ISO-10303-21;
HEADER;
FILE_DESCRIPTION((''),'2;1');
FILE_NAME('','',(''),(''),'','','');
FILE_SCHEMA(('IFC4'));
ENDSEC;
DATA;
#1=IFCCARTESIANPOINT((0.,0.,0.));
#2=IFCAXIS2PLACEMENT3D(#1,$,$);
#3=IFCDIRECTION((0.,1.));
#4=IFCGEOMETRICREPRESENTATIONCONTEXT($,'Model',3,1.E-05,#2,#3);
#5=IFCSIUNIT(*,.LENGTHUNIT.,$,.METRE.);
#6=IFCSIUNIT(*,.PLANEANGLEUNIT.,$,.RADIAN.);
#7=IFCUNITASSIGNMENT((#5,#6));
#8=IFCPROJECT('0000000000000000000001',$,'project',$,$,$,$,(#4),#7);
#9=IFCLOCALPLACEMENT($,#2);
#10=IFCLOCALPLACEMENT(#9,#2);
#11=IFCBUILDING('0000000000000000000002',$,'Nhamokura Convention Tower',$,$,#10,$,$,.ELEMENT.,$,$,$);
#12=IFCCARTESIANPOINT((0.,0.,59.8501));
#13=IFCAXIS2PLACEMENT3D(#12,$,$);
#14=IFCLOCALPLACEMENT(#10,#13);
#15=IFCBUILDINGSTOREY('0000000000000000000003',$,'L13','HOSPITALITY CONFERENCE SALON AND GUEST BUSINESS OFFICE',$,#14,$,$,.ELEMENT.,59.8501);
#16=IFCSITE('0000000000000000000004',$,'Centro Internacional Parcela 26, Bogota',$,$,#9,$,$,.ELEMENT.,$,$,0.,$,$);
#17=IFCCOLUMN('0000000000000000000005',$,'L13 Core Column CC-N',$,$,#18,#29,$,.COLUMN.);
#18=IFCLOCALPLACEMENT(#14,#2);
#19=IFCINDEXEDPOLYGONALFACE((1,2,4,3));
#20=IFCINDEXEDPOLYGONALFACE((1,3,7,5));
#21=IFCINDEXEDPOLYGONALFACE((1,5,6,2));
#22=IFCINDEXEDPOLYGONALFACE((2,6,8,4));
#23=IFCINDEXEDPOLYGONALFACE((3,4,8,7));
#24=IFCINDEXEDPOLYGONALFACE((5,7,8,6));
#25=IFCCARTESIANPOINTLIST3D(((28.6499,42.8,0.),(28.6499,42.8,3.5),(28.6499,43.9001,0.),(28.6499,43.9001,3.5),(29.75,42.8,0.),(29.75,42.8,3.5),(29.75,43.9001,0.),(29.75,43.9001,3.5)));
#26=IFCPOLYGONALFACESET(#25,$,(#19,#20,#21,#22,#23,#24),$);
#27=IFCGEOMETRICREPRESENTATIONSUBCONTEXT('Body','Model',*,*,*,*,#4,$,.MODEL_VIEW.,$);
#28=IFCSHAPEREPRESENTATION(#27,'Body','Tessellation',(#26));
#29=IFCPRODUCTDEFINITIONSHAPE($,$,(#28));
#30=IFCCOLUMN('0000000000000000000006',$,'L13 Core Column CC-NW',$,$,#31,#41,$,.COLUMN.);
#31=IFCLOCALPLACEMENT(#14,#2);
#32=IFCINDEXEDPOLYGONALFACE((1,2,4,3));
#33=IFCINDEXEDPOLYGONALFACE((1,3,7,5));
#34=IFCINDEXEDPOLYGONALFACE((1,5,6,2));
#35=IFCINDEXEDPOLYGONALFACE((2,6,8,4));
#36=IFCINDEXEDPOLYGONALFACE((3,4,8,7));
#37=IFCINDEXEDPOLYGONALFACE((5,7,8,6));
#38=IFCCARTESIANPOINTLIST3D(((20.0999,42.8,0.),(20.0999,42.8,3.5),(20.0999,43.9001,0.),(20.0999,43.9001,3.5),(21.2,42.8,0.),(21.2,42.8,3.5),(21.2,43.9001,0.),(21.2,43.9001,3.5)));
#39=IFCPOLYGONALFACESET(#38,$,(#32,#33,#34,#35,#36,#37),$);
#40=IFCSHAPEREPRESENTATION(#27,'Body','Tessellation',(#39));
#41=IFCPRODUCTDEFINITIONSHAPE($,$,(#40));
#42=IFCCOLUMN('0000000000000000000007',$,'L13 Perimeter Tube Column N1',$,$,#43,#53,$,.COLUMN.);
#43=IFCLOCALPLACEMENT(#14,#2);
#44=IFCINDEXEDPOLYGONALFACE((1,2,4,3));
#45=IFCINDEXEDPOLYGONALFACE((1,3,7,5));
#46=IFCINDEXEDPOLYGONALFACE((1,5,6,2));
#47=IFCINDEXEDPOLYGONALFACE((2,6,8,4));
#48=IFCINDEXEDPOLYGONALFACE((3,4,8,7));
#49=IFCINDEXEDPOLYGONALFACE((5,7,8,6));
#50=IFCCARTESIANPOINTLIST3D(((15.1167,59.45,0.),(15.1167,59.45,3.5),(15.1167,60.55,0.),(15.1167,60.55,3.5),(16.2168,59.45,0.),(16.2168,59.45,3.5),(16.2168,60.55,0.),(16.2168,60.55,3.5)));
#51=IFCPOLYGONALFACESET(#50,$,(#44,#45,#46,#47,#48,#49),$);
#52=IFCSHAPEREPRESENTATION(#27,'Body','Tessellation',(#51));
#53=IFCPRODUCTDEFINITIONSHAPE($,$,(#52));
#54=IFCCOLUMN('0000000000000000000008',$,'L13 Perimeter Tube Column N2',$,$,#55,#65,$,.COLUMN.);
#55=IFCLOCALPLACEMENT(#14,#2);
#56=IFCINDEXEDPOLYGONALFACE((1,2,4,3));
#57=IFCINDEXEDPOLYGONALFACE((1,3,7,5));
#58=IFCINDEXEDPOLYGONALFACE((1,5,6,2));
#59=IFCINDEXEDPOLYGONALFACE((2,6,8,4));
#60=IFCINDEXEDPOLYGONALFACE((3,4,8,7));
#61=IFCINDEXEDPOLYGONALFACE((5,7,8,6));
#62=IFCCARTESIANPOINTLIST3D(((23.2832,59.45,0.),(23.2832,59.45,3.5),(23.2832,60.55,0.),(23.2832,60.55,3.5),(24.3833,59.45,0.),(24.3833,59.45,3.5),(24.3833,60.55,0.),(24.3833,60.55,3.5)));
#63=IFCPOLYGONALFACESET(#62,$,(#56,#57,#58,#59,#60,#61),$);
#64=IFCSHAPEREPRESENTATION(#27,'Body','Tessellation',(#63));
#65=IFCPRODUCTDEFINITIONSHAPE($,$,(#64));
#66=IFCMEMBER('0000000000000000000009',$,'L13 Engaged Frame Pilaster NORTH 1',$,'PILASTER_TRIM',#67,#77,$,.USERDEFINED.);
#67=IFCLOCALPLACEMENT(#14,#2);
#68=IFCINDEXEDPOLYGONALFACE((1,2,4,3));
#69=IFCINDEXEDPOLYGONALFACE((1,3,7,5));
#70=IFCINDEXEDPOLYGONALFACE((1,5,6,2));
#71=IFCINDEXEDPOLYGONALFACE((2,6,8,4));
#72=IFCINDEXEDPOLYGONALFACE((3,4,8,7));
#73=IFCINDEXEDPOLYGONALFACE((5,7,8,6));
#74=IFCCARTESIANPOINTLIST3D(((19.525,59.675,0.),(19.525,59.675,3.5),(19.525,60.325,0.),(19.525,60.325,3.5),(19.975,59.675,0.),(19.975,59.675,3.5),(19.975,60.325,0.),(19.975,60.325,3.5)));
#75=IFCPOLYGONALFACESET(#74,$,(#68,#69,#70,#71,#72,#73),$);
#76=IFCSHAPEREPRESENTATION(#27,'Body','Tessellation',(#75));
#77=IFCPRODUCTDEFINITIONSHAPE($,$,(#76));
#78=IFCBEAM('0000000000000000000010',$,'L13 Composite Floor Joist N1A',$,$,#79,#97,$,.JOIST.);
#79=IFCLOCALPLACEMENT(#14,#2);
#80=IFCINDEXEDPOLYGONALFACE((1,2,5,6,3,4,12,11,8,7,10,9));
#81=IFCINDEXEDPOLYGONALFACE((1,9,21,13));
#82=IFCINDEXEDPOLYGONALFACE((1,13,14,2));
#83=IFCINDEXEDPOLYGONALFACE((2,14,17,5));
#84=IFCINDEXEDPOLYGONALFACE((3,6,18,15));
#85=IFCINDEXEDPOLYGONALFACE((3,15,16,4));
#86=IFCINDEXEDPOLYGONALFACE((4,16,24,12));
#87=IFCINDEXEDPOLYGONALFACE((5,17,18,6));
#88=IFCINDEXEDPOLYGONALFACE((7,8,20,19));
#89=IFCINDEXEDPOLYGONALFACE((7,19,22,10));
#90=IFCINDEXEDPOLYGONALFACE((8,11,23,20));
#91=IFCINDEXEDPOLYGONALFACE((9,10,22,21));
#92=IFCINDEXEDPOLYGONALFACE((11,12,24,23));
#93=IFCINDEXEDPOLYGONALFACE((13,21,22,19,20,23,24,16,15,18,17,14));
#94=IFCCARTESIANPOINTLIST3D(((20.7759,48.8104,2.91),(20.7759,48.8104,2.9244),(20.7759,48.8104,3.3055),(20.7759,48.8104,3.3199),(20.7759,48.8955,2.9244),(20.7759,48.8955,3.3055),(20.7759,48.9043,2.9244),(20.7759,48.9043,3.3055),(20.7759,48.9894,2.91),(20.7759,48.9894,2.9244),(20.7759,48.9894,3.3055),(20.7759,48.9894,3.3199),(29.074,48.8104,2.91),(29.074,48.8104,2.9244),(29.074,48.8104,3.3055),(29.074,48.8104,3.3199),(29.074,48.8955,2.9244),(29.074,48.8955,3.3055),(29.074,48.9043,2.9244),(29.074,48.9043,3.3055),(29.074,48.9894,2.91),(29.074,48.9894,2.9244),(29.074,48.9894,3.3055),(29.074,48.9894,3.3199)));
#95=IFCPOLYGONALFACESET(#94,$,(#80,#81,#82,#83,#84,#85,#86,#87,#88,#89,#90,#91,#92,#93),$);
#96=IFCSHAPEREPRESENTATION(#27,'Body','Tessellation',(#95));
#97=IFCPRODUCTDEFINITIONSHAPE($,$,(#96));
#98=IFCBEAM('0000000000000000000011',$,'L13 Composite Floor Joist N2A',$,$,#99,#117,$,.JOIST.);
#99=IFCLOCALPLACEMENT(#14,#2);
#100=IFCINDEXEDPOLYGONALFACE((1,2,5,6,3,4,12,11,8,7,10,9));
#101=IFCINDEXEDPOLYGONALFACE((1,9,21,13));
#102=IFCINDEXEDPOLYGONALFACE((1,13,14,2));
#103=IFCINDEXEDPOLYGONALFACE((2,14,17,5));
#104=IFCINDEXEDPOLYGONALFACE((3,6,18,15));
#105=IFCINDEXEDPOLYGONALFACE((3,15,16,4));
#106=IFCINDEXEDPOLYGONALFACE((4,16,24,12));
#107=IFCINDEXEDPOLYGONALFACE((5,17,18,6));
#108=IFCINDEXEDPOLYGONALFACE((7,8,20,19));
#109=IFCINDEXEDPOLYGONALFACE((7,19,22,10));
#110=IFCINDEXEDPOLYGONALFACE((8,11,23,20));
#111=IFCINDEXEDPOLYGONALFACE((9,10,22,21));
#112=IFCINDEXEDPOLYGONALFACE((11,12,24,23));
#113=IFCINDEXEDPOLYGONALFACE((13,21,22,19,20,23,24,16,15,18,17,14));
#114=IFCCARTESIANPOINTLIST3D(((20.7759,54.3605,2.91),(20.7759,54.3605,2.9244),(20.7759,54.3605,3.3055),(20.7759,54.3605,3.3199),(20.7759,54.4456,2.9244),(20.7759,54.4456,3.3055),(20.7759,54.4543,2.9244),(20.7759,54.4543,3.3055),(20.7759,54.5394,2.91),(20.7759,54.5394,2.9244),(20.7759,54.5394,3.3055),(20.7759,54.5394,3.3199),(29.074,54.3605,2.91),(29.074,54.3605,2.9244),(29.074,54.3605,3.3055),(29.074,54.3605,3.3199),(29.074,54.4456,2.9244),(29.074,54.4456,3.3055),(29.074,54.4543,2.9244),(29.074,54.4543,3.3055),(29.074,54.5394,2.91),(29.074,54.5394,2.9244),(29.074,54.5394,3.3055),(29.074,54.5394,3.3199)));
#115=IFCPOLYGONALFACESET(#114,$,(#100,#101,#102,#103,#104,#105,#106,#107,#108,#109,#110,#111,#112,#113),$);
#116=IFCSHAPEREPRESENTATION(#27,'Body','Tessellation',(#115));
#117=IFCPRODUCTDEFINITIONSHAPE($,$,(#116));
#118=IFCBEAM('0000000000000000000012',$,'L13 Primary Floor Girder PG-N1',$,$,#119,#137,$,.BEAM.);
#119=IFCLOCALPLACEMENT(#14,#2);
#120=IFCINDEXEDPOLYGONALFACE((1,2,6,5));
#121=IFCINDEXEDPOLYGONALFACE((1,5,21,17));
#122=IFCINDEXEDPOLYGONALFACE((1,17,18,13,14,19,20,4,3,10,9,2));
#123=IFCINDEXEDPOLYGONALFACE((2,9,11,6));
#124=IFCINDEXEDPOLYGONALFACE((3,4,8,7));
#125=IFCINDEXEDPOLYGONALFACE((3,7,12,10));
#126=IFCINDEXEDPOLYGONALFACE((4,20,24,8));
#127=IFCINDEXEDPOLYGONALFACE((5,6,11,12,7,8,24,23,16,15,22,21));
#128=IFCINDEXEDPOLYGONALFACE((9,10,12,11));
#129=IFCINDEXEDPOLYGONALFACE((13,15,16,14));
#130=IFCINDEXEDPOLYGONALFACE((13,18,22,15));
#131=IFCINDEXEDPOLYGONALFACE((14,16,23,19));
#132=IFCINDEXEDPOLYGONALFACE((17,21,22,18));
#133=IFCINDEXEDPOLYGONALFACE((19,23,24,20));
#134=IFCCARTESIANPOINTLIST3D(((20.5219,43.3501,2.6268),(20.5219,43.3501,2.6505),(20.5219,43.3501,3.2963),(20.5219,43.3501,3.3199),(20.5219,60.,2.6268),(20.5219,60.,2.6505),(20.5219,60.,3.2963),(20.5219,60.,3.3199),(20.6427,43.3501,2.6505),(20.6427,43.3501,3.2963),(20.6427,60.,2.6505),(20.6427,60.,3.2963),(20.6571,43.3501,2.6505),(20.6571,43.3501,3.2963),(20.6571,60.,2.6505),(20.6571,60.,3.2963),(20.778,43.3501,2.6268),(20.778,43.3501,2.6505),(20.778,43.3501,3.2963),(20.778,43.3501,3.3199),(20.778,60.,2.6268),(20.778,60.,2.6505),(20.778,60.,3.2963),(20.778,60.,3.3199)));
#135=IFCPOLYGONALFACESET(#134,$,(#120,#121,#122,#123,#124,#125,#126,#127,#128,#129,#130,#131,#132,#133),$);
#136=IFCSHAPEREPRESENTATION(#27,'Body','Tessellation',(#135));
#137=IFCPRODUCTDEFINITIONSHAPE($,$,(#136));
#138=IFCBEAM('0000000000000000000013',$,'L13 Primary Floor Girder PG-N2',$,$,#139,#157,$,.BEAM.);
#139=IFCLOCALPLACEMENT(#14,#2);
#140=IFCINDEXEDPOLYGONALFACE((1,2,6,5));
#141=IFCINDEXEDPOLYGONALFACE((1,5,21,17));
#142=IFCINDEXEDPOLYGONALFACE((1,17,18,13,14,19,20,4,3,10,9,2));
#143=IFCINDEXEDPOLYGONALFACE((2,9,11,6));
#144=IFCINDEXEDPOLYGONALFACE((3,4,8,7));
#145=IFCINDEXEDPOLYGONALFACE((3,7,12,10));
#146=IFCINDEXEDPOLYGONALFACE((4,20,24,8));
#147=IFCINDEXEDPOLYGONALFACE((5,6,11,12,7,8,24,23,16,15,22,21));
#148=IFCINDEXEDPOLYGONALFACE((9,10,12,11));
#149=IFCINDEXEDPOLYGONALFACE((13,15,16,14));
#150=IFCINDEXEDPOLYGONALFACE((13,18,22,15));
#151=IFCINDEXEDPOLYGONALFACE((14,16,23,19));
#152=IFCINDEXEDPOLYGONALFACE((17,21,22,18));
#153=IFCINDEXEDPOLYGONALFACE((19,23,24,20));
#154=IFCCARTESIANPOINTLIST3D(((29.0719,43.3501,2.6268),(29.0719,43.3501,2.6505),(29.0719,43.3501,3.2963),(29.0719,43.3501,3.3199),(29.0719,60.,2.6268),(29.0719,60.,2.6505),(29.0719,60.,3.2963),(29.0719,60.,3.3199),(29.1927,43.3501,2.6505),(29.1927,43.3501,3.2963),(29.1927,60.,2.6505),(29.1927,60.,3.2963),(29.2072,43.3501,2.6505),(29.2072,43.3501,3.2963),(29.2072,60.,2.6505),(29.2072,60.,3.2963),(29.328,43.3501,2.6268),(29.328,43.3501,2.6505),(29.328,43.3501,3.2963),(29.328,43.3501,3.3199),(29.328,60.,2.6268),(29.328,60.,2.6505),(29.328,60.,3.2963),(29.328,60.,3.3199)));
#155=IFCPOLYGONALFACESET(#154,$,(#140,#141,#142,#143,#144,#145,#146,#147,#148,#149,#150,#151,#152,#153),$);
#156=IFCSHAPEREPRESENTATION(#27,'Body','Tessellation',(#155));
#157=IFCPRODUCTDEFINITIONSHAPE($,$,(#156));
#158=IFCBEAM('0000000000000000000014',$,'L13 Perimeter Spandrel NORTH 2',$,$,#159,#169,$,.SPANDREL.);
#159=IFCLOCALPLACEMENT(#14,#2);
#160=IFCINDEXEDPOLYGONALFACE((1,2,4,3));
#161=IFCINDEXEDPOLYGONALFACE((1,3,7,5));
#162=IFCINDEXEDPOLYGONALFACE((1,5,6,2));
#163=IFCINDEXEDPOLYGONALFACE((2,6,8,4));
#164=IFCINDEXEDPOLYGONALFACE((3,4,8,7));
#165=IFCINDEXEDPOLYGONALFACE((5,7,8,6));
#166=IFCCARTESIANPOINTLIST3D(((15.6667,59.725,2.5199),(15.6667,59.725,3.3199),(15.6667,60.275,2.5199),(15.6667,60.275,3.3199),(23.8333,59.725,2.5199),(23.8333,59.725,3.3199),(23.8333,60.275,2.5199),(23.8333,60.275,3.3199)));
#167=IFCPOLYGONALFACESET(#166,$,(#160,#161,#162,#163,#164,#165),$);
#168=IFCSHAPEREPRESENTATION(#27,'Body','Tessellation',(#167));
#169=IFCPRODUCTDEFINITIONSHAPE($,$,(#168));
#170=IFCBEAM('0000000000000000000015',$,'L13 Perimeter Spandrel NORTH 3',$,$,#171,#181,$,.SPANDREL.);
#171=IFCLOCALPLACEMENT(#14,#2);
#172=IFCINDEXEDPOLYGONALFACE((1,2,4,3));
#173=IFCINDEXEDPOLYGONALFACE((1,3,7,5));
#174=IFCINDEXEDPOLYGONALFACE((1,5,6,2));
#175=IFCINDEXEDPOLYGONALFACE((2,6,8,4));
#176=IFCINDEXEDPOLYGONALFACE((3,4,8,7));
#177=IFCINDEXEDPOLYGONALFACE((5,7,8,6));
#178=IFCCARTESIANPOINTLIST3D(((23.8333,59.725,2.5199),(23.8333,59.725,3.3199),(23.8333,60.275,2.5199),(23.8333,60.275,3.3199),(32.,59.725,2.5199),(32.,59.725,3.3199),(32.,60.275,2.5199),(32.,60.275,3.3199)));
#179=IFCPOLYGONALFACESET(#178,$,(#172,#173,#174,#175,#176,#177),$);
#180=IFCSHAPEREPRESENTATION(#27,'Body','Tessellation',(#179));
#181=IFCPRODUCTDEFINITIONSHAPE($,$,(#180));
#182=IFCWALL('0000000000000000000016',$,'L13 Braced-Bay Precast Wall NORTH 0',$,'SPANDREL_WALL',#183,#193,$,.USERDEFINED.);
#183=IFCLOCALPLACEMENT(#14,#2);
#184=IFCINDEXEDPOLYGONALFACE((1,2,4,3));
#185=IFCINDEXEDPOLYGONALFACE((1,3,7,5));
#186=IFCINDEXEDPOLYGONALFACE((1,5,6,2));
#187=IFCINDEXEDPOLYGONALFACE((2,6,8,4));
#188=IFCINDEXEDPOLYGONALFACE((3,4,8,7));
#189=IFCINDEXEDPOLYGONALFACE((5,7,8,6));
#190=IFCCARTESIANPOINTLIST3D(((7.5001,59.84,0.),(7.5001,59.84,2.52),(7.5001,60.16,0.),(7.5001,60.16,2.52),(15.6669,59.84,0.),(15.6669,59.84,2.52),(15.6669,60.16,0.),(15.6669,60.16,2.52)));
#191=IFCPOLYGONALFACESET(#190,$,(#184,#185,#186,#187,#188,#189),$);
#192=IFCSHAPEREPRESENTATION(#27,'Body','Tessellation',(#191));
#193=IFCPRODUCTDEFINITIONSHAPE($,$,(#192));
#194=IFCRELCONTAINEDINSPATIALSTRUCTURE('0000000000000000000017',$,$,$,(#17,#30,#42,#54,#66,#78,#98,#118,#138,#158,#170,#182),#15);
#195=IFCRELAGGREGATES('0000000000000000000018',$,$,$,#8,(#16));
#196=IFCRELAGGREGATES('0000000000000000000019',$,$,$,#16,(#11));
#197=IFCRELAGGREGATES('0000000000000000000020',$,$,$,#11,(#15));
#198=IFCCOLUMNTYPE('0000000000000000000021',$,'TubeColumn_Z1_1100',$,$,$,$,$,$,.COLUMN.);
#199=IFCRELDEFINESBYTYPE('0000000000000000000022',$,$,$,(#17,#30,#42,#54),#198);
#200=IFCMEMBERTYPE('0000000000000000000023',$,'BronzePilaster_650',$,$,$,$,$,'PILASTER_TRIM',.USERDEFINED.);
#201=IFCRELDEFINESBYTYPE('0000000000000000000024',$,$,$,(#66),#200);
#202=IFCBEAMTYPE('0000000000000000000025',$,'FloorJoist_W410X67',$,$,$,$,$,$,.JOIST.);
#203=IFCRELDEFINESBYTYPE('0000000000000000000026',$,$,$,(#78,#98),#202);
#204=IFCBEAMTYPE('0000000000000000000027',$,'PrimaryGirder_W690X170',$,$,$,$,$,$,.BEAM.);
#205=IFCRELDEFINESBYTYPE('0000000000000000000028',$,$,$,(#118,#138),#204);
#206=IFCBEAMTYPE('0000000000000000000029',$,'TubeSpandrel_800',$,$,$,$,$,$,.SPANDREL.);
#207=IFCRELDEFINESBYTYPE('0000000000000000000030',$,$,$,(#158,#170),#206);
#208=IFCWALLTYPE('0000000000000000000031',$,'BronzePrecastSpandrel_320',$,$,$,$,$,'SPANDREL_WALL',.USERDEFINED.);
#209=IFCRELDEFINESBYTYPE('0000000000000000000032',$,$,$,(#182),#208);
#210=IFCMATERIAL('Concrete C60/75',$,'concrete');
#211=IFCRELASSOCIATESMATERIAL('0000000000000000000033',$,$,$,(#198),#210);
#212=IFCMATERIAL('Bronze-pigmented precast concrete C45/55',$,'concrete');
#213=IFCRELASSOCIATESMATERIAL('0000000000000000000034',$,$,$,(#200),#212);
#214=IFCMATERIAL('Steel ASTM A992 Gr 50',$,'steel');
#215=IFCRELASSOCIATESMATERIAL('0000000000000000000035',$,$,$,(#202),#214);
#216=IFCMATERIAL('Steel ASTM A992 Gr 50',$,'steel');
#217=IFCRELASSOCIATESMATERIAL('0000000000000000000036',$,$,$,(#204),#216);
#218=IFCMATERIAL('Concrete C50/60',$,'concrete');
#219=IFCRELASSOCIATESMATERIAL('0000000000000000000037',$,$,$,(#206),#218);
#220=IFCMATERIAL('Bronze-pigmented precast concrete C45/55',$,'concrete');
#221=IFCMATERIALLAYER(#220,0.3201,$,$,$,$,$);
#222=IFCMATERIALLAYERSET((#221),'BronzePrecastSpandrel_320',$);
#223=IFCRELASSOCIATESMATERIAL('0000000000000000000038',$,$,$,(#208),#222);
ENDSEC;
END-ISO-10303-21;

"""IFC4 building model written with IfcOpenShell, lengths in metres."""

from ifc_helpers import new_model, si_unit, direction, frame, frame_2d, origin, origin_2d, place, context, subcontext, project, spatial, rectangle, i_section, extrude, material, layer, layer_set, material_profile, profile_set, type_object, element, save


model = new_model("IFC4")

# Units and contexts
model_context = context("Model", 3, precision=1e-05, world=origin(), true_north=direction((0.0, 1.0)))
body_context = subcontext(model_context, "Body", "Model", "MODEL_VIEW")
ifc_project = project(units=[si_unit("LENGTHUNIT", "METRE"), si_unit("PLANEANGLEUNIT", "RADIAN")], contexts=[model_context])

# Site, building, storey
site_placement = place(None, origin())
site = spatial("IfcSite", under=ifc_project, at=site_placement, Name="Centro Internacional Parcela 26, Bogota", CompositionType="ELEMENT", RefElevation=0.0)
building_placement = place(site_placement, origin())
building = spatial("IfcBuilding", under=site, at=building_placement, Name="Nhamokura Convention Tower", CompositionType="ELEMENT")
storey_placement = place(building_placement, frame((0.0, 0.0, 59.8501)))
storey = spatial("IfcBuildingStorey", under=building, at=storey_placement, Name="L13", Description="HOSPITALITY CONFERENCE SALON AND GUEST BUSINESS OFFICE", CompositionType="ELEMENT", Elevation=59.8501)

# Columns
ifc_material_1 = material(Name="Concrete C60/75", Category="concrete")
ifc_material_profile_1 = material_profile(ifc_material_1, rectangle(XDim=1.1001, YDim=1.1001, at=origin_2d()))
ifc_profile_set_1 = profile_set([ifc_material_profile_1], Name="Concrete C60/75")
column_type = type_object("IfcColumnType", Name="TubeColumn_Z1_1100", PredefinedType="COLUMN", material=ifc_profile_set_1)
for number, where, z_axis, x_axis, name in (
    (1, (29.2, 43.3501, 0.0), (0.0, 0.0, 1.0), (1.0, 0.0, 0.0), "L13 Core Column CC-N"),
    (2, (20.6499, 43.3501, 0.0), (0.0, 0.0, 1.0), (1.0, 0.0, 0.0), "L13 Core Column CC-NW"),
    (3, (15.6667, 60.0, 0.0), (0.0, 0.0, 1.0), (1.0, 0.0, 0.0), "L13 Perimeter Tube Column N1"),
    (4, (23.8333, 60.0, 0.0), (0.0, 0.0, 1.0), (1.0, 0.0, 0.0), "L13 Perimeter Tube Column N2"),
):
    element("IfcColumn", number, at=place(storey_placement, frame(where, z_axis=z_axis, x_axis=x_axis)), inside=storey, type_object=column_type, Name=name, PredefinedType="COLUMN", context=body_context, shape_type="SweptSolid", body=[
        extrude(rectangle(XDim=1.1001, YDim=1.1001, at=origin_2d()), origin(), (0.0, 0.0, 1.0), 3.5),
    ])

# Member
ifc_material_2 = material(Name="Bronze-pigmented precast concrete C45/55", Category="concrete")
ifc_material_profile_2 = material_profile(ifc_material_2, rectangle(XDim=0.45, YDim=0.6499, at=origin_2d()))
ifc_profile_set_2 = profile_set([ifc_material_profile_2], Name="Bronze-pigmented precast concrete C45/55")
member_type = type_object("IfcMemberType", Name="BronzePilaster_650", ElementType="PILASTER_TRIM", PredefinedType="USERDEFINED", material=ifc_profile_set_2)
member_placement = place(storey_placement, frame((19.75, 60.0, 0.0), z_axis=(0.0, 0.0, 1.0), x_axis=(1.0, 0.0, 0.0)))
element("IfcMember", 5, at=member_placement, inside=storey, type_object=member_type, Name="L13 Engaged Frame Pilaster NORTH 1", ObjectType="PILASTER_TRIM", PredefinedType="USERDEFINED", context=body_context, shape_type="SweptSolid", body=[
    extrude(rectangle(XDim=0.45, YDim=0.6499, at=origin_2d()), origin(), (0.0, 0.0, 1.0), 3.5),
])

# Beams
ifc_material_3 = material(Name="Steel ASTM A992 Gr 50", Category="steel")
ifc_material_profile_3 = material_profile(ifc_material_3, i_section(OverallWidth=0.179, OverallDepth=0.4099, WebThickness=0.0088, FlangeThickness=0.0144, at=origin_2d()))
ifc_profile_set_3 = profile_set([ifc_material_profile_3], Name="Steel ASTM A992 Gr 50")
beam_type_1 = type_object("IfcBeamType", Name="FloorJoist_W410X67", PredefinedType="JOIST", material=ifc_profile_set_3)
for number, where, z_axis, x_axis, name in (
    (6, (20.7759, 48.8999, 3.115), (1.0, 0.0, 0.0), (0.0, 1.0, 0.0), "L13 Composite Floor Joist N1A"),
    (7, (20.7759, 54.45, 3.115), (1.0, 0.0, 0.0), (0.0, 1.0, 0.0), "L13 Composite Floor Joist N2A"),
):
    element("IfcBeam", number, at=place(storey_placement, frame(where, z_axis=z_axis, x_axis=x_axis)), inside=storey, type_object=beam_type_1, Name=name, PredefinedType="JOIST", context=body_context, shape_type="SweptSolid", body=[
        extrude(i_section(OverallWidth=0.179, OverallDepth=0.4099, WebThickness=0.0088, FlangeThickness=0.0144, at=origin_2d()), origin(), (0.0, 0.0, 1.0), 8.2981),
    ])
ifc_material_4 = material(Name="Steel ASTM A992 Gr 50", Category="steel")
ifc_material_profile_4 = material_profile(ifc_material_4, i_section(OverallWidth=0.2561, OverallDepth=0.6931, WebThickness=0.0144, FlangeThickness=0.0237, at=origin_2d()))
ifc_profile_set_4 = profile_set([ifc_material_profile_4], Name="Steel ASTM A992 Gr 50")
beam_type_2 = type_object("IfcBeamType", Name="PrimaryGirder_W690X170", PredefinedType="BEAM", material=ifc_profile_set_4)
for number, where, z_axis, x_axis, name in (
    (8, (20.6499, 43.3501, 2.9734), (0.0, 1.0, 0.0), (-1.0, 0.0, 0.0), "L13 Primary Floor Girder PG-N1"),
    (9, (29.2, 43.3501, 2.9734), (0.0, 1.0, 0.0), (-1.0, 0.0, 0.0), "L13 Primary Floor Girder PG-N2"),
):
    element("IfcBeam", number, at=place(storey_placement, frame(where, z_axis=z_axis, x_axis=x_axis)), inside=storey, type_object=beam_type_2, Name=name, PredefinedType="BEAM", context=body_context, shape_type="SweptSolid", body=[
        extrude(i_section(OverallWidth=0.2561, OverallDepth=0.6931, WebThickness=0.0144, FlangeThickness=0.0237, at=origin_2d()), origin(), (0.0, 0.0, 1.0), 16.6499),
    ])
ifc_material_5 = material(Name="Concrete C50/60", Category="concrete")
ifc_material_profile_5 = material_profile(ifc_material_5, rectangle(XDim=0.55, YDim=0.8, at=origin_2d()))
ifc_profile_set_5 = profile_set([ifc_material_profile_5], Name="Concrete C50/60")
beam_type_3 = type_object("IfcBeamType", Name="TubeSpandrel_800", PredefinedType="SPANDREL", material=ifc_profile_set_5)
beam_1_placement = place(storey_placement, frame((15.6667, 60.0, 2.9199), z_axis=(1.0, 0.0, 0.0), x_axis=(0.0, 1.0, 0.0)))
element("IfcBeam", 10, at=beam_1_placement, inside=storey, type_object=beam_type_3, Name="L13 Perimeter Spandrel NORTH 2", PredefinedType="SPANDREL", context=body_context, shape_type="SweptSolid", body=[
    extrude(rectangle(XDim=0.55, YDim=0.8, at=origin_2d()), origin(), (0.0, 0.0, 1.0), 8.1665),
])
beam_2_placement = place(storey_placement, frame((23.8333, 60.0, 2.9199), z_axis=(1.0, 0.0, 0.0), x_axis=(0.0, 1.0, 0.0)))
element("IfcBeam", 11, at=beam_2_placement, inside=storey, type_object=beam_type_3, Name="L13 Perimeter Spandrel NORTH 3", PredefinedType="SPANDREL", context=body_context, shape_type="SweptSolid", body=[
    extrude(rectangle(XDim=0.55, YDim=0.8, at=origin_2d()), origin(), (0.0, 0.0, 1.0), 8.1667),
])

# Wall
ifc_material_6 = material(Name="Bronze-pigmented precast concrete C45/55", Category="concrete")
ifc_layer_1 = layer(ifc_material_6, 0.3201)
ifc_layer_set_1 = layer_set([ifc_layer_1], Name="BronzePrecastSpandrel_320")
wall_type_1 = type_object("IfcWallType", Name="BronzePrecastSpandrel_320", ElementType="SPANDREL_WALL", PredefinedType="USERDEFINED", material=ifc_layer_set_1)
wall_1_placement = place(storey_placement, frame((7.5, 60.0, 0.0), z_axis=(0.0, 0.0, 1.0), x_axis=(1.0, 0.0, 0.0)))
element("IfcWall", 12, at=wall_1_placement, inside=storey, type_object=wall_type_1, Name="L13 Braced-Bay Precast Wall NORTH 0", ObjectType="SPANDREL_WALL", PredefinedType="USERDEFINED", context=body_context, shape_type="SweptSolid", body=[
    extrude(rectangle(XDim=8.1667, YDim=0.3201, at=frame_2d((4.0835, 0.0))), origin(), (0.0, 0.0, 1.0), 2.52),
])

save(model, "model.ifc")
